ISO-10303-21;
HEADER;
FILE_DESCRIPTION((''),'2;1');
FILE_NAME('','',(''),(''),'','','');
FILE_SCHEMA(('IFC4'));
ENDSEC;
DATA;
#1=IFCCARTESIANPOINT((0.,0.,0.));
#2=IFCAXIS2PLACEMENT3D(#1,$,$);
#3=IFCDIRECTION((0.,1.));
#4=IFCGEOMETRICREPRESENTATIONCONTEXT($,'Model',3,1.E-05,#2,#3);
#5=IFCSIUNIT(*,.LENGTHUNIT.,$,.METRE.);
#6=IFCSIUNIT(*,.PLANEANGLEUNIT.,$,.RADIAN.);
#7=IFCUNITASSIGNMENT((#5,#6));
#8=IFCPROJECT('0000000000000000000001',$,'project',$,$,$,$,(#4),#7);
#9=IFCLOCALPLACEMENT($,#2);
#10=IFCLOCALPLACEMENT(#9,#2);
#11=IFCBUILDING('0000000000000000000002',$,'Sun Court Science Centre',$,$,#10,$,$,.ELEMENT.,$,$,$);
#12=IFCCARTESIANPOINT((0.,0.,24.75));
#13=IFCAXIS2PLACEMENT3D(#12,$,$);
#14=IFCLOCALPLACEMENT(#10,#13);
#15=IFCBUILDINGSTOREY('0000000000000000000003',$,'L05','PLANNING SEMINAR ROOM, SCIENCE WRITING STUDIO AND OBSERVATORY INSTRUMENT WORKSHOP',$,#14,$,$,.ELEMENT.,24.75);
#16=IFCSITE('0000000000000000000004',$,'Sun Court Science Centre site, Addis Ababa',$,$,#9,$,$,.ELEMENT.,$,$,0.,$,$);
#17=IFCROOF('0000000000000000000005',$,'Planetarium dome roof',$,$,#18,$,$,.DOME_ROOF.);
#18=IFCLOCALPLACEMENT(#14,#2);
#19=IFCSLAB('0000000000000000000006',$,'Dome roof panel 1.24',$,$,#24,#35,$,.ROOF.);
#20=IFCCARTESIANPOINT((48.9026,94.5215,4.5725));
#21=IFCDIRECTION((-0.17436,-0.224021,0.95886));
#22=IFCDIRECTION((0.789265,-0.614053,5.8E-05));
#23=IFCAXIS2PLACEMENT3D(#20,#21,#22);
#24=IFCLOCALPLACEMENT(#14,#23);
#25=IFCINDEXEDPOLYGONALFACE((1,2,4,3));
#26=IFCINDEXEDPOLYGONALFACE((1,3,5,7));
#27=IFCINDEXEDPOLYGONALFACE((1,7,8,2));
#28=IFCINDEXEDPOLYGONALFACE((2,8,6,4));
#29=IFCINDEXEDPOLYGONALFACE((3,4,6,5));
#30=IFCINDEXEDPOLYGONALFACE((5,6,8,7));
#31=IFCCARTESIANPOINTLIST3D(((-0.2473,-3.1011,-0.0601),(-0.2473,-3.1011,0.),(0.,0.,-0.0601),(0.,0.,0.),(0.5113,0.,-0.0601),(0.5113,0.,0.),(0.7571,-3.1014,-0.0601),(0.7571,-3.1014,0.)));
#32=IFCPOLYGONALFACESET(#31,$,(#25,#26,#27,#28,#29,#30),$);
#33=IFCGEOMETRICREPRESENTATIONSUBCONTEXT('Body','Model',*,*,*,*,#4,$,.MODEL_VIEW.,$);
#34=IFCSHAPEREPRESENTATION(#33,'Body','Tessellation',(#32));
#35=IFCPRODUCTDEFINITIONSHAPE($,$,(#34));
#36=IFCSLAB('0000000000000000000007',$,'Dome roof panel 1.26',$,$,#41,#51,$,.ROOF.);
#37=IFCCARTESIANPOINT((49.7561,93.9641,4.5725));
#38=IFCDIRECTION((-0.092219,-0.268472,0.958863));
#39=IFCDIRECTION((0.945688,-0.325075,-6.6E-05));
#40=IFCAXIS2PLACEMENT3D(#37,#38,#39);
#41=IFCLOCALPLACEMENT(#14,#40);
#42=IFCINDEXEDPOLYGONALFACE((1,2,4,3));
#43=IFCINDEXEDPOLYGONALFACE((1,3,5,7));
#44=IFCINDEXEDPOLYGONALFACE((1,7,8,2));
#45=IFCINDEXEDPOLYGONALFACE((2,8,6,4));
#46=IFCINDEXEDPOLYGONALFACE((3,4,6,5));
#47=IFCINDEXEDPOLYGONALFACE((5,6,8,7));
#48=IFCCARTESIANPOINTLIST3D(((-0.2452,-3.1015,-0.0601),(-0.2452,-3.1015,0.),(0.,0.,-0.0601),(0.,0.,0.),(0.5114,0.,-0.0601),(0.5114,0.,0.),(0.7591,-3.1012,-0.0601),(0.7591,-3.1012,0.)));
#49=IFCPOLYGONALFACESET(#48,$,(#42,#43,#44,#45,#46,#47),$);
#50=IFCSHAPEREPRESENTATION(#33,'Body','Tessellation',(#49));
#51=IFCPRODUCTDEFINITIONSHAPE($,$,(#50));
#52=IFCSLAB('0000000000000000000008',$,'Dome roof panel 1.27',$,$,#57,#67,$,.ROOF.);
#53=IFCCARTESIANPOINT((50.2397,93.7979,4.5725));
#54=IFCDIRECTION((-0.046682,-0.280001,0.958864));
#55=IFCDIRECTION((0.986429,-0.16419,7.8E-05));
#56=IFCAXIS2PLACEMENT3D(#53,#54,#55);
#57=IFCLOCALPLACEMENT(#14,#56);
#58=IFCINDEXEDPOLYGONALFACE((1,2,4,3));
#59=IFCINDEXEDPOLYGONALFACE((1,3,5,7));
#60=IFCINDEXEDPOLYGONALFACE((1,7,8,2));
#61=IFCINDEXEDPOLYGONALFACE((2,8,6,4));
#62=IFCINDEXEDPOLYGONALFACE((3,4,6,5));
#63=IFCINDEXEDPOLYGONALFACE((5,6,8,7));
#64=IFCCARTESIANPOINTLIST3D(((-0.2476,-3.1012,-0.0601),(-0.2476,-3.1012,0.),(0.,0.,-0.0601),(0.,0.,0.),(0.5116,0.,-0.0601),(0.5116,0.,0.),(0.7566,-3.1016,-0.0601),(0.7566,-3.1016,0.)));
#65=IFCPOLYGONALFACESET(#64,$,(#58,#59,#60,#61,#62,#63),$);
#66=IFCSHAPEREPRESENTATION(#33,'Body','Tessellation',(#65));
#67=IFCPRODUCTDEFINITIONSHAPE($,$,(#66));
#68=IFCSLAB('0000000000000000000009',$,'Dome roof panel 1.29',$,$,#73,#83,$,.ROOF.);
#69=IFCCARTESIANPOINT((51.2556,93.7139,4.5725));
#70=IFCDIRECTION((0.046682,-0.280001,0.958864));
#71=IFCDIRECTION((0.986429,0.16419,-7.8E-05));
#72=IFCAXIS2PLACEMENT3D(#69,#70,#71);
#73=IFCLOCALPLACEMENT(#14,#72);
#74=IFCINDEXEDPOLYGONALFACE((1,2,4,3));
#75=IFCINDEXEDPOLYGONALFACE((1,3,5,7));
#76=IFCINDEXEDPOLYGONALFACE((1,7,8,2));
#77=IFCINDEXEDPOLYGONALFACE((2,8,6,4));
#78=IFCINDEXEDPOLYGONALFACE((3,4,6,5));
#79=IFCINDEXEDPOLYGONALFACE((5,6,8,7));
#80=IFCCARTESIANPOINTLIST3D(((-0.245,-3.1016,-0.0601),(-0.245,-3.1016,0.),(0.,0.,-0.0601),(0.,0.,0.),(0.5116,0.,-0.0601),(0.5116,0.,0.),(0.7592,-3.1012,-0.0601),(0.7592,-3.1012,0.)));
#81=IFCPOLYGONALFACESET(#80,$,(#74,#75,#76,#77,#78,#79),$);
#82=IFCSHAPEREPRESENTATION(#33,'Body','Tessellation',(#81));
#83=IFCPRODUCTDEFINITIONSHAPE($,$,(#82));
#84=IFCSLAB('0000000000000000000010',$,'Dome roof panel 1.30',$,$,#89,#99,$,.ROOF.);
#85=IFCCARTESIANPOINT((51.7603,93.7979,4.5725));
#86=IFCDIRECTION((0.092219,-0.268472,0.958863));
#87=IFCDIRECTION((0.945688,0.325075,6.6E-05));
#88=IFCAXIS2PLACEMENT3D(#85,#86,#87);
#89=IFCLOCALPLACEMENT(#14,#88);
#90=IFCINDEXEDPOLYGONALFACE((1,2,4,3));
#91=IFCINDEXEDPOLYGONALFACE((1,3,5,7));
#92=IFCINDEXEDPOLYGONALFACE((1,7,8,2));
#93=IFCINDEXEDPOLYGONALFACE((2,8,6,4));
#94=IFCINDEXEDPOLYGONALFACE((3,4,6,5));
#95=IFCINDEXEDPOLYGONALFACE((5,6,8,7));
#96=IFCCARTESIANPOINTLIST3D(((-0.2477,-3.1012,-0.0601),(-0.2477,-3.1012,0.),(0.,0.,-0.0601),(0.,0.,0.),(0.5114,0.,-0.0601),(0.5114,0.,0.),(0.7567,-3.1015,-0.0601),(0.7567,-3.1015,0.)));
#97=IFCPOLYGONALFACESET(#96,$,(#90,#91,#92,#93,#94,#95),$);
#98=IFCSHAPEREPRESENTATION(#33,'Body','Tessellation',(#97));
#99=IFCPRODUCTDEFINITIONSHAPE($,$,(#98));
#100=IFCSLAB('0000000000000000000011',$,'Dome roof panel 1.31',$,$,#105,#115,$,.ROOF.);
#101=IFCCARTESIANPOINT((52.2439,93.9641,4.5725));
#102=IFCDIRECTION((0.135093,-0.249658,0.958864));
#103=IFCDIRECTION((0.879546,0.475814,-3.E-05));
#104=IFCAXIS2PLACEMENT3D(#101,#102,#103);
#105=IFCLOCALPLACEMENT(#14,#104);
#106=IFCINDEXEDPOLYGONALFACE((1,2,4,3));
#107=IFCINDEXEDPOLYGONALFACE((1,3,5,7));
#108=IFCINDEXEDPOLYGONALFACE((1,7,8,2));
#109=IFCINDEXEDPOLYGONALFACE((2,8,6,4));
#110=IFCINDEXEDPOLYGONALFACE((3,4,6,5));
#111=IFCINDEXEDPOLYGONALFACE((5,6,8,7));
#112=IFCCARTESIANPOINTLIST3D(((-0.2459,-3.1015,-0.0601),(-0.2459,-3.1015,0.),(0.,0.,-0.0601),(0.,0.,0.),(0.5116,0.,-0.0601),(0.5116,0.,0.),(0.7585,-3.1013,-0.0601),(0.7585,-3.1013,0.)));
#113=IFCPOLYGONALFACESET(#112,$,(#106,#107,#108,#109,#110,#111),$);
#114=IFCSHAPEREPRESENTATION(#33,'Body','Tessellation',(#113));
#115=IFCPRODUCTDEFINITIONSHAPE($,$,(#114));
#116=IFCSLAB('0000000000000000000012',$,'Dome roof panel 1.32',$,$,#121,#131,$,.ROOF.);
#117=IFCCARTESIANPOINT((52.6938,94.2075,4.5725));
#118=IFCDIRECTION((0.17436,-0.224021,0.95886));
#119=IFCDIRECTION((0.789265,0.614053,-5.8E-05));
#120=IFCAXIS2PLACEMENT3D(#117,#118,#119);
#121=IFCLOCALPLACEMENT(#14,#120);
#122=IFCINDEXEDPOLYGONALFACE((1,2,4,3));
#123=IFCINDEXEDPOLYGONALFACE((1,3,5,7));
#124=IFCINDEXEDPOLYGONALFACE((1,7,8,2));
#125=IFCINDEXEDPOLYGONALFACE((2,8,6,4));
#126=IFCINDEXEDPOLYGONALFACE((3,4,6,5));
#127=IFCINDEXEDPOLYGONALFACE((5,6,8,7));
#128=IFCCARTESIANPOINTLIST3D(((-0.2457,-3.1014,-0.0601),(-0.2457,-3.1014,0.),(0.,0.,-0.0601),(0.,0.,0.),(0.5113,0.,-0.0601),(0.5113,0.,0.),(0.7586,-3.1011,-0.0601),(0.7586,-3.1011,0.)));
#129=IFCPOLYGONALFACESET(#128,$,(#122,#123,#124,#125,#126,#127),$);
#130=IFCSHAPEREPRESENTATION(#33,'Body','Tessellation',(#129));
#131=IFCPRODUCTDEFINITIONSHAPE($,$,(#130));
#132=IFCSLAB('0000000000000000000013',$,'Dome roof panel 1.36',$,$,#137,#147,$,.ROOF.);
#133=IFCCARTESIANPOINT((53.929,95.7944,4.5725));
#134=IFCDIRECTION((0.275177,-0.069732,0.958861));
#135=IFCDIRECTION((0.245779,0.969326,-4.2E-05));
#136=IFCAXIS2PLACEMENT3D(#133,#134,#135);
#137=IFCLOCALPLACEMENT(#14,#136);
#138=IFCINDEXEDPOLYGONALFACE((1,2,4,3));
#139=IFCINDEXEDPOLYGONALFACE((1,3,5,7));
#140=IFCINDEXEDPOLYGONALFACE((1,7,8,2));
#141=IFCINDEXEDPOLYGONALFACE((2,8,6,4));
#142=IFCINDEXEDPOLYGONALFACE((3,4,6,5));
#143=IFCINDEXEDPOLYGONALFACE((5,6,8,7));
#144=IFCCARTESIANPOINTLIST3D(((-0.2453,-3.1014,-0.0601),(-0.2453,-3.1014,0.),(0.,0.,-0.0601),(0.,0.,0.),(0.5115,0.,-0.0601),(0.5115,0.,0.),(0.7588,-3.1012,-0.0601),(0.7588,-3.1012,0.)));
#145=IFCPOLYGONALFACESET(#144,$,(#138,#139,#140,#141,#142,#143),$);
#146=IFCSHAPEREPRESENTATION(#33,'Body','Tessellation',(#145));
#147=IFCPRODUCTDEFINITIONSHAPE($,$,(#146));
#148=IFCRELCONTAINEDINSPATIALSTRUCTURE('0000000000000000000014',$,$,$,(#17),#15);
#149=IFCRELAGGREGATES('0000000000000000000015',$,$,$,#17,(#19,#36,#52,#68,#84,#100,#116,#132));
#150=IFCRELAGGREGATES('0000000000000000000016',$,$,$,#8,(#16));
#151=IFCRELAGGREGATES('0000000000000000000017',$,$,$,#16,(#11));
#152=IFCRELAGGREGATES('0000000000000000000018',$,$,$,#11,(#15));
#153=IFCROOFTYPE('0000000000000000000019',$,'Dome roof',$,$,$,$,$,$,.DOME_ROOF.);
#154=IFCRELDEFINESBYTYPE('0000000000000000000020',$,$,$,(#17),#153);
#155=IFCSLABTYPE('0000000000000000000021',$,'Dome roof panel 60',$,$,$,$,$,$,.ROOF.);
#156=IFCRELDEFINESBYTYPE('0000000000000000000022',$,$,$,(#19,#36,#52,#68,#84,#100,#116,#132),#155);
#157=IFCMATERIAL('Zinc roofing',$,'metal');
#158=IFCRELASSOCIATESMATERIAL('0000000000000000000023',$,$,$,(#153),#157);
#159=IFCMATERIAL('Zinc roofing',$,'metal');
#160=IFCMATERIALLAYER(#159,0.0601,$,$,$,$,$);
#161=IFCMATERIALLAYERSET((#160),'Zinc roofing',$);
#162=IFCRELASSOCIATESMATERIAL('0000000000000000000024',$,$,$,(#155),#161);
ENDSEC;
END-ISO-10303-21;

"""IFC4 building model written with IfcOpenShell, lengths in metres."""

from ifc_helpers import new_model, si_unit, direction, frame, origin, place, context, subcontext, project, spatial, polyline, outline, extrude, material, layer, layer_set, type_object, element, aggregate, save


model = new_model("IFC4")

# Units and contexts
model_context = context("Model", 3, precision=1e-05, world=origin(), true_north=direction((0.0, 1.0)))
body_context = subcontext(model_context, "Body", "Model", "MODEL_VIEW")
ifc_project = project(units=[si_unit("LENGTHUNIT", "METRE"), si_unit("PLANEANGLEUNIT", "RADIAN")], contexts=[model_context])

# Site, building, storey
site_placement = place(None, origin())
site = spatial("IfcSite", under=ifc_project, at=site_placement, Name="Sun Court Science Centre site, Addis Ababa", CompositionType="ELEMENT", RefElevation=0.0)
building_placement = place(site_placement, origin())
building = spatial("IfcBuilding", under=site, at=building_placement, Name="Sun Court Science Centre", CompositionType="ELEMENT")
storey_placement = place(building_placement, frame((0.0, 0.0, 24.75)))
storey = spatial("IfcBuildingStorey", under=building, at=storey_placement, Name="L05", Description="PLANNING SEMINAR ROOM, SCIENCE WRITING STUDIO AND OBSERVATORY INSTRUMENT WORKSHOP", CompositionType="ELEMENT", Elevation=24.75)

# Roof, slabs
ifc_material_1 = material(Name="Zinc roofing", Category="metal")
roof_type = type_object("IfcRoofType", Name="Dome roof", PredefinedType="DOME_ROOF", material=ifc_material_1)
roof_placement = place(storey_placement, origin())
roof = element("IfcRoof", 1, at=roof_placement, inside=storey, type_object=roof_type, Name="Planetarium dome roof", PredefinedType="DOME_ROOF")
ifc_material_2 = material(Name="Zinc roofing", Category="metal")
ifc_layer = layer(ifc_material_2, 0.0601)
ifc_layer_set = layer_set([ifc_layer], Name="Zinc roofing")
slab_type = type_object("IfcSlabType", Name="Dome roof panel 60", PredefinedType="ROOF", material=ifc_layer_set)
slab_1_placement = place(storey_placement, frame((48.9026, 94.5215, 4.5725), z_axis=(-0.17436, -0.224021, 0.95886), x_axis=(0.789265, -0.614053, 0.000058)))
slab_1 = element("IfcSlab", 2, at=slab_1_placement, type_object=slab_type, Name="Dome roof panel 1.24", PredefinedType="ROOF", context=body_context, shape_type="SweptSolid", body=[
    extrude(outline(polyline([(0.0, 0.0), (0.5113, 0.0), (0.7571, -3.1014), (-0.2473, -3.1011), (0.0, 0.0)])), origin(), (0.0, 0.0, -1.0), 0.0601),
])
slab_2_placement = place(storey_placement, frame((49.7561, 93.9641, 4.5725), z_axis=(-0.092219, -0.268472, 0.958863), x_axis=(0.945688, -0.325075, -0.000066)))
slab_2 = element("IfcSlab", 3, at=slab_2_placement, type_object=slab_type, Name="Dome roof panel 1.26", PredefinedType="ROOF", context=body_context, shape_type="SweptSolid", body=[
    extrude(outline(polyline([(0.0, 0.0), (0.5114, 0.0), (0.7591, -3.1012), (-0.2452, -3.1015), (0.0, 0.0)])), origin(), (0.0, 0.0, -1.0), 0.0601),
])
slab_3_placement = place(storey_placement, frame((50.2397, 93.7979, 4.5725), z_axis=(-0.046682, -0.280001, 0.958864), x_axis=(0.986429, -0.16419, 0.000078)))
slab_3 = element("IfcSlab", 4, at=slab_3_placement, type_object=slab_type, Name="Dome roof panel 1.27", PredefinedType="ROOF", context=body_context, shape_type="SweptSolid", body=[
    extrude(outline(polyline([(0.0, 0.0), (0.5116, 0.0), (0.7566, -3.1016), (-0.2476, -3.1012), (0.0, 0.0)])), origin(), (0.0, 0.0, -1.0), 0.0601),
])
slab_4_placement = place(storey_placement, frame((51.2556, 93.7139, 4.5725), z_axis=(0.046682, -0.280001, 0.958864), x_axis=(0.986429, 0.16419, -0.000078)))
slab_4 = element("IfcSlab", 5, at=slab_4_placement, type_object=slab_type, Name="Dome roof panel 1.29", PredefinedType="ROOF", context=body_context, shape_type="SweptSolid", body=[
    extrude(outline(polyline([(0.0, 0.0), (0.5116, 0.0), (0.7592, -3.1012), (-0.245, -3.1016), (0.0, 0.0)])), origin(), (0.0, 0.0, -1.0), 0.0601),
])
slab_5_placement = place(storey_placement, frame((51.7603, 93.7979, 4.5725), z_axis=(0.092219, -0.268472, 0.958863), x_axis=(0.945688, 0.325075, 0.000066)))
slab_5 = element("IfcSlab", 6, at=slab_5_placement, type_object=slab_type, Name="Dome roof panel 1.30", PredefinedType="ROOF", context=body_context, shape_type="SweptSolid", body=[
    extrude(outline(polyline([(0.0, 0.0), (0.5114, 0.0), (0.7567, -3.1015), (-0.2477, -3.1012), (0.0, 0.0)])), origin(), (0.0, 0.0, -1.0), 0.0601),
])
slab_6_placement = place(storey_placement, frame((52.2439, 93.9641, 4.5725), z_axis=(0.135093, -0.249658, 0.958864), x_axis=(0.879546, 0.475814, -0.00003)))
slab_6 = element("IfcSlab", 7, at=slab_6_placement, type_object=slab_type, Name="Dome roof panel 1.31", PredefinedType="ROOF", context=body_context, shape_type="SweptSolid", body=[
    extrude(outline(polyline([(0.0, 0.0), (0.5116, 0.0), (0.7585, -3.1013), (-0.2459, -3.1015), (0.0, 0.0)])), origin(), (0.0, 0.0, -1.0), 0.0601),
])
slab_7_placement = place(storey_placement, frame((52.6938, 94.2075, 4.5725), z_axis=(0.17436, -0.224021, 0.95886), x_axis=(0.789265, 0.614053, -0.000058)))
slab_7 = element("IfcSlab", 8, at=slab_7_placement, type_object=slab_type, Name="Dome roof panel 1.32", PredefinedType="ROOF", context=body_context, shape_type="SweptSolid", body=[
    extrude(outline(polyline([(0.0, 0.0), (0.5113, 0.0), (0.7586, -3.1011), (-0.2457, -3.1014), (0.0, 0.0)])), origin(), (0.0, 0.0, -1.0), 0.0601),
])
slab_8_placement = place(storey_placement, frame((53.929, 95.7944, 4.5725), z_axis=(0.275177, -0.069732, 0.958861), x_axis=(0.245779, 0.969326, -0.000042)))
slab_8 = element("IfcSlab", 9, at=slab_8_placement, type_object=slab_type, Name="Dome roof panel 1.36", PredefinedType="ROOF", context=body_context, shape_type="SweptSolid", body=[
    extrude(outline(polyline([(0.0, 0.0), (0.5115, 0.0), (0.7588, -3.1012), (-0.2453, -3.1014), (0.0, 0.0)])), origin(), (0.0, 0.0, -1.0), 0.0601),
])
aggregate(roof, [slab_1, slab_2, slab_3, slab_4, slab_5, slab_6, slab_7, slab_8])

save(model, "model.ifc")
